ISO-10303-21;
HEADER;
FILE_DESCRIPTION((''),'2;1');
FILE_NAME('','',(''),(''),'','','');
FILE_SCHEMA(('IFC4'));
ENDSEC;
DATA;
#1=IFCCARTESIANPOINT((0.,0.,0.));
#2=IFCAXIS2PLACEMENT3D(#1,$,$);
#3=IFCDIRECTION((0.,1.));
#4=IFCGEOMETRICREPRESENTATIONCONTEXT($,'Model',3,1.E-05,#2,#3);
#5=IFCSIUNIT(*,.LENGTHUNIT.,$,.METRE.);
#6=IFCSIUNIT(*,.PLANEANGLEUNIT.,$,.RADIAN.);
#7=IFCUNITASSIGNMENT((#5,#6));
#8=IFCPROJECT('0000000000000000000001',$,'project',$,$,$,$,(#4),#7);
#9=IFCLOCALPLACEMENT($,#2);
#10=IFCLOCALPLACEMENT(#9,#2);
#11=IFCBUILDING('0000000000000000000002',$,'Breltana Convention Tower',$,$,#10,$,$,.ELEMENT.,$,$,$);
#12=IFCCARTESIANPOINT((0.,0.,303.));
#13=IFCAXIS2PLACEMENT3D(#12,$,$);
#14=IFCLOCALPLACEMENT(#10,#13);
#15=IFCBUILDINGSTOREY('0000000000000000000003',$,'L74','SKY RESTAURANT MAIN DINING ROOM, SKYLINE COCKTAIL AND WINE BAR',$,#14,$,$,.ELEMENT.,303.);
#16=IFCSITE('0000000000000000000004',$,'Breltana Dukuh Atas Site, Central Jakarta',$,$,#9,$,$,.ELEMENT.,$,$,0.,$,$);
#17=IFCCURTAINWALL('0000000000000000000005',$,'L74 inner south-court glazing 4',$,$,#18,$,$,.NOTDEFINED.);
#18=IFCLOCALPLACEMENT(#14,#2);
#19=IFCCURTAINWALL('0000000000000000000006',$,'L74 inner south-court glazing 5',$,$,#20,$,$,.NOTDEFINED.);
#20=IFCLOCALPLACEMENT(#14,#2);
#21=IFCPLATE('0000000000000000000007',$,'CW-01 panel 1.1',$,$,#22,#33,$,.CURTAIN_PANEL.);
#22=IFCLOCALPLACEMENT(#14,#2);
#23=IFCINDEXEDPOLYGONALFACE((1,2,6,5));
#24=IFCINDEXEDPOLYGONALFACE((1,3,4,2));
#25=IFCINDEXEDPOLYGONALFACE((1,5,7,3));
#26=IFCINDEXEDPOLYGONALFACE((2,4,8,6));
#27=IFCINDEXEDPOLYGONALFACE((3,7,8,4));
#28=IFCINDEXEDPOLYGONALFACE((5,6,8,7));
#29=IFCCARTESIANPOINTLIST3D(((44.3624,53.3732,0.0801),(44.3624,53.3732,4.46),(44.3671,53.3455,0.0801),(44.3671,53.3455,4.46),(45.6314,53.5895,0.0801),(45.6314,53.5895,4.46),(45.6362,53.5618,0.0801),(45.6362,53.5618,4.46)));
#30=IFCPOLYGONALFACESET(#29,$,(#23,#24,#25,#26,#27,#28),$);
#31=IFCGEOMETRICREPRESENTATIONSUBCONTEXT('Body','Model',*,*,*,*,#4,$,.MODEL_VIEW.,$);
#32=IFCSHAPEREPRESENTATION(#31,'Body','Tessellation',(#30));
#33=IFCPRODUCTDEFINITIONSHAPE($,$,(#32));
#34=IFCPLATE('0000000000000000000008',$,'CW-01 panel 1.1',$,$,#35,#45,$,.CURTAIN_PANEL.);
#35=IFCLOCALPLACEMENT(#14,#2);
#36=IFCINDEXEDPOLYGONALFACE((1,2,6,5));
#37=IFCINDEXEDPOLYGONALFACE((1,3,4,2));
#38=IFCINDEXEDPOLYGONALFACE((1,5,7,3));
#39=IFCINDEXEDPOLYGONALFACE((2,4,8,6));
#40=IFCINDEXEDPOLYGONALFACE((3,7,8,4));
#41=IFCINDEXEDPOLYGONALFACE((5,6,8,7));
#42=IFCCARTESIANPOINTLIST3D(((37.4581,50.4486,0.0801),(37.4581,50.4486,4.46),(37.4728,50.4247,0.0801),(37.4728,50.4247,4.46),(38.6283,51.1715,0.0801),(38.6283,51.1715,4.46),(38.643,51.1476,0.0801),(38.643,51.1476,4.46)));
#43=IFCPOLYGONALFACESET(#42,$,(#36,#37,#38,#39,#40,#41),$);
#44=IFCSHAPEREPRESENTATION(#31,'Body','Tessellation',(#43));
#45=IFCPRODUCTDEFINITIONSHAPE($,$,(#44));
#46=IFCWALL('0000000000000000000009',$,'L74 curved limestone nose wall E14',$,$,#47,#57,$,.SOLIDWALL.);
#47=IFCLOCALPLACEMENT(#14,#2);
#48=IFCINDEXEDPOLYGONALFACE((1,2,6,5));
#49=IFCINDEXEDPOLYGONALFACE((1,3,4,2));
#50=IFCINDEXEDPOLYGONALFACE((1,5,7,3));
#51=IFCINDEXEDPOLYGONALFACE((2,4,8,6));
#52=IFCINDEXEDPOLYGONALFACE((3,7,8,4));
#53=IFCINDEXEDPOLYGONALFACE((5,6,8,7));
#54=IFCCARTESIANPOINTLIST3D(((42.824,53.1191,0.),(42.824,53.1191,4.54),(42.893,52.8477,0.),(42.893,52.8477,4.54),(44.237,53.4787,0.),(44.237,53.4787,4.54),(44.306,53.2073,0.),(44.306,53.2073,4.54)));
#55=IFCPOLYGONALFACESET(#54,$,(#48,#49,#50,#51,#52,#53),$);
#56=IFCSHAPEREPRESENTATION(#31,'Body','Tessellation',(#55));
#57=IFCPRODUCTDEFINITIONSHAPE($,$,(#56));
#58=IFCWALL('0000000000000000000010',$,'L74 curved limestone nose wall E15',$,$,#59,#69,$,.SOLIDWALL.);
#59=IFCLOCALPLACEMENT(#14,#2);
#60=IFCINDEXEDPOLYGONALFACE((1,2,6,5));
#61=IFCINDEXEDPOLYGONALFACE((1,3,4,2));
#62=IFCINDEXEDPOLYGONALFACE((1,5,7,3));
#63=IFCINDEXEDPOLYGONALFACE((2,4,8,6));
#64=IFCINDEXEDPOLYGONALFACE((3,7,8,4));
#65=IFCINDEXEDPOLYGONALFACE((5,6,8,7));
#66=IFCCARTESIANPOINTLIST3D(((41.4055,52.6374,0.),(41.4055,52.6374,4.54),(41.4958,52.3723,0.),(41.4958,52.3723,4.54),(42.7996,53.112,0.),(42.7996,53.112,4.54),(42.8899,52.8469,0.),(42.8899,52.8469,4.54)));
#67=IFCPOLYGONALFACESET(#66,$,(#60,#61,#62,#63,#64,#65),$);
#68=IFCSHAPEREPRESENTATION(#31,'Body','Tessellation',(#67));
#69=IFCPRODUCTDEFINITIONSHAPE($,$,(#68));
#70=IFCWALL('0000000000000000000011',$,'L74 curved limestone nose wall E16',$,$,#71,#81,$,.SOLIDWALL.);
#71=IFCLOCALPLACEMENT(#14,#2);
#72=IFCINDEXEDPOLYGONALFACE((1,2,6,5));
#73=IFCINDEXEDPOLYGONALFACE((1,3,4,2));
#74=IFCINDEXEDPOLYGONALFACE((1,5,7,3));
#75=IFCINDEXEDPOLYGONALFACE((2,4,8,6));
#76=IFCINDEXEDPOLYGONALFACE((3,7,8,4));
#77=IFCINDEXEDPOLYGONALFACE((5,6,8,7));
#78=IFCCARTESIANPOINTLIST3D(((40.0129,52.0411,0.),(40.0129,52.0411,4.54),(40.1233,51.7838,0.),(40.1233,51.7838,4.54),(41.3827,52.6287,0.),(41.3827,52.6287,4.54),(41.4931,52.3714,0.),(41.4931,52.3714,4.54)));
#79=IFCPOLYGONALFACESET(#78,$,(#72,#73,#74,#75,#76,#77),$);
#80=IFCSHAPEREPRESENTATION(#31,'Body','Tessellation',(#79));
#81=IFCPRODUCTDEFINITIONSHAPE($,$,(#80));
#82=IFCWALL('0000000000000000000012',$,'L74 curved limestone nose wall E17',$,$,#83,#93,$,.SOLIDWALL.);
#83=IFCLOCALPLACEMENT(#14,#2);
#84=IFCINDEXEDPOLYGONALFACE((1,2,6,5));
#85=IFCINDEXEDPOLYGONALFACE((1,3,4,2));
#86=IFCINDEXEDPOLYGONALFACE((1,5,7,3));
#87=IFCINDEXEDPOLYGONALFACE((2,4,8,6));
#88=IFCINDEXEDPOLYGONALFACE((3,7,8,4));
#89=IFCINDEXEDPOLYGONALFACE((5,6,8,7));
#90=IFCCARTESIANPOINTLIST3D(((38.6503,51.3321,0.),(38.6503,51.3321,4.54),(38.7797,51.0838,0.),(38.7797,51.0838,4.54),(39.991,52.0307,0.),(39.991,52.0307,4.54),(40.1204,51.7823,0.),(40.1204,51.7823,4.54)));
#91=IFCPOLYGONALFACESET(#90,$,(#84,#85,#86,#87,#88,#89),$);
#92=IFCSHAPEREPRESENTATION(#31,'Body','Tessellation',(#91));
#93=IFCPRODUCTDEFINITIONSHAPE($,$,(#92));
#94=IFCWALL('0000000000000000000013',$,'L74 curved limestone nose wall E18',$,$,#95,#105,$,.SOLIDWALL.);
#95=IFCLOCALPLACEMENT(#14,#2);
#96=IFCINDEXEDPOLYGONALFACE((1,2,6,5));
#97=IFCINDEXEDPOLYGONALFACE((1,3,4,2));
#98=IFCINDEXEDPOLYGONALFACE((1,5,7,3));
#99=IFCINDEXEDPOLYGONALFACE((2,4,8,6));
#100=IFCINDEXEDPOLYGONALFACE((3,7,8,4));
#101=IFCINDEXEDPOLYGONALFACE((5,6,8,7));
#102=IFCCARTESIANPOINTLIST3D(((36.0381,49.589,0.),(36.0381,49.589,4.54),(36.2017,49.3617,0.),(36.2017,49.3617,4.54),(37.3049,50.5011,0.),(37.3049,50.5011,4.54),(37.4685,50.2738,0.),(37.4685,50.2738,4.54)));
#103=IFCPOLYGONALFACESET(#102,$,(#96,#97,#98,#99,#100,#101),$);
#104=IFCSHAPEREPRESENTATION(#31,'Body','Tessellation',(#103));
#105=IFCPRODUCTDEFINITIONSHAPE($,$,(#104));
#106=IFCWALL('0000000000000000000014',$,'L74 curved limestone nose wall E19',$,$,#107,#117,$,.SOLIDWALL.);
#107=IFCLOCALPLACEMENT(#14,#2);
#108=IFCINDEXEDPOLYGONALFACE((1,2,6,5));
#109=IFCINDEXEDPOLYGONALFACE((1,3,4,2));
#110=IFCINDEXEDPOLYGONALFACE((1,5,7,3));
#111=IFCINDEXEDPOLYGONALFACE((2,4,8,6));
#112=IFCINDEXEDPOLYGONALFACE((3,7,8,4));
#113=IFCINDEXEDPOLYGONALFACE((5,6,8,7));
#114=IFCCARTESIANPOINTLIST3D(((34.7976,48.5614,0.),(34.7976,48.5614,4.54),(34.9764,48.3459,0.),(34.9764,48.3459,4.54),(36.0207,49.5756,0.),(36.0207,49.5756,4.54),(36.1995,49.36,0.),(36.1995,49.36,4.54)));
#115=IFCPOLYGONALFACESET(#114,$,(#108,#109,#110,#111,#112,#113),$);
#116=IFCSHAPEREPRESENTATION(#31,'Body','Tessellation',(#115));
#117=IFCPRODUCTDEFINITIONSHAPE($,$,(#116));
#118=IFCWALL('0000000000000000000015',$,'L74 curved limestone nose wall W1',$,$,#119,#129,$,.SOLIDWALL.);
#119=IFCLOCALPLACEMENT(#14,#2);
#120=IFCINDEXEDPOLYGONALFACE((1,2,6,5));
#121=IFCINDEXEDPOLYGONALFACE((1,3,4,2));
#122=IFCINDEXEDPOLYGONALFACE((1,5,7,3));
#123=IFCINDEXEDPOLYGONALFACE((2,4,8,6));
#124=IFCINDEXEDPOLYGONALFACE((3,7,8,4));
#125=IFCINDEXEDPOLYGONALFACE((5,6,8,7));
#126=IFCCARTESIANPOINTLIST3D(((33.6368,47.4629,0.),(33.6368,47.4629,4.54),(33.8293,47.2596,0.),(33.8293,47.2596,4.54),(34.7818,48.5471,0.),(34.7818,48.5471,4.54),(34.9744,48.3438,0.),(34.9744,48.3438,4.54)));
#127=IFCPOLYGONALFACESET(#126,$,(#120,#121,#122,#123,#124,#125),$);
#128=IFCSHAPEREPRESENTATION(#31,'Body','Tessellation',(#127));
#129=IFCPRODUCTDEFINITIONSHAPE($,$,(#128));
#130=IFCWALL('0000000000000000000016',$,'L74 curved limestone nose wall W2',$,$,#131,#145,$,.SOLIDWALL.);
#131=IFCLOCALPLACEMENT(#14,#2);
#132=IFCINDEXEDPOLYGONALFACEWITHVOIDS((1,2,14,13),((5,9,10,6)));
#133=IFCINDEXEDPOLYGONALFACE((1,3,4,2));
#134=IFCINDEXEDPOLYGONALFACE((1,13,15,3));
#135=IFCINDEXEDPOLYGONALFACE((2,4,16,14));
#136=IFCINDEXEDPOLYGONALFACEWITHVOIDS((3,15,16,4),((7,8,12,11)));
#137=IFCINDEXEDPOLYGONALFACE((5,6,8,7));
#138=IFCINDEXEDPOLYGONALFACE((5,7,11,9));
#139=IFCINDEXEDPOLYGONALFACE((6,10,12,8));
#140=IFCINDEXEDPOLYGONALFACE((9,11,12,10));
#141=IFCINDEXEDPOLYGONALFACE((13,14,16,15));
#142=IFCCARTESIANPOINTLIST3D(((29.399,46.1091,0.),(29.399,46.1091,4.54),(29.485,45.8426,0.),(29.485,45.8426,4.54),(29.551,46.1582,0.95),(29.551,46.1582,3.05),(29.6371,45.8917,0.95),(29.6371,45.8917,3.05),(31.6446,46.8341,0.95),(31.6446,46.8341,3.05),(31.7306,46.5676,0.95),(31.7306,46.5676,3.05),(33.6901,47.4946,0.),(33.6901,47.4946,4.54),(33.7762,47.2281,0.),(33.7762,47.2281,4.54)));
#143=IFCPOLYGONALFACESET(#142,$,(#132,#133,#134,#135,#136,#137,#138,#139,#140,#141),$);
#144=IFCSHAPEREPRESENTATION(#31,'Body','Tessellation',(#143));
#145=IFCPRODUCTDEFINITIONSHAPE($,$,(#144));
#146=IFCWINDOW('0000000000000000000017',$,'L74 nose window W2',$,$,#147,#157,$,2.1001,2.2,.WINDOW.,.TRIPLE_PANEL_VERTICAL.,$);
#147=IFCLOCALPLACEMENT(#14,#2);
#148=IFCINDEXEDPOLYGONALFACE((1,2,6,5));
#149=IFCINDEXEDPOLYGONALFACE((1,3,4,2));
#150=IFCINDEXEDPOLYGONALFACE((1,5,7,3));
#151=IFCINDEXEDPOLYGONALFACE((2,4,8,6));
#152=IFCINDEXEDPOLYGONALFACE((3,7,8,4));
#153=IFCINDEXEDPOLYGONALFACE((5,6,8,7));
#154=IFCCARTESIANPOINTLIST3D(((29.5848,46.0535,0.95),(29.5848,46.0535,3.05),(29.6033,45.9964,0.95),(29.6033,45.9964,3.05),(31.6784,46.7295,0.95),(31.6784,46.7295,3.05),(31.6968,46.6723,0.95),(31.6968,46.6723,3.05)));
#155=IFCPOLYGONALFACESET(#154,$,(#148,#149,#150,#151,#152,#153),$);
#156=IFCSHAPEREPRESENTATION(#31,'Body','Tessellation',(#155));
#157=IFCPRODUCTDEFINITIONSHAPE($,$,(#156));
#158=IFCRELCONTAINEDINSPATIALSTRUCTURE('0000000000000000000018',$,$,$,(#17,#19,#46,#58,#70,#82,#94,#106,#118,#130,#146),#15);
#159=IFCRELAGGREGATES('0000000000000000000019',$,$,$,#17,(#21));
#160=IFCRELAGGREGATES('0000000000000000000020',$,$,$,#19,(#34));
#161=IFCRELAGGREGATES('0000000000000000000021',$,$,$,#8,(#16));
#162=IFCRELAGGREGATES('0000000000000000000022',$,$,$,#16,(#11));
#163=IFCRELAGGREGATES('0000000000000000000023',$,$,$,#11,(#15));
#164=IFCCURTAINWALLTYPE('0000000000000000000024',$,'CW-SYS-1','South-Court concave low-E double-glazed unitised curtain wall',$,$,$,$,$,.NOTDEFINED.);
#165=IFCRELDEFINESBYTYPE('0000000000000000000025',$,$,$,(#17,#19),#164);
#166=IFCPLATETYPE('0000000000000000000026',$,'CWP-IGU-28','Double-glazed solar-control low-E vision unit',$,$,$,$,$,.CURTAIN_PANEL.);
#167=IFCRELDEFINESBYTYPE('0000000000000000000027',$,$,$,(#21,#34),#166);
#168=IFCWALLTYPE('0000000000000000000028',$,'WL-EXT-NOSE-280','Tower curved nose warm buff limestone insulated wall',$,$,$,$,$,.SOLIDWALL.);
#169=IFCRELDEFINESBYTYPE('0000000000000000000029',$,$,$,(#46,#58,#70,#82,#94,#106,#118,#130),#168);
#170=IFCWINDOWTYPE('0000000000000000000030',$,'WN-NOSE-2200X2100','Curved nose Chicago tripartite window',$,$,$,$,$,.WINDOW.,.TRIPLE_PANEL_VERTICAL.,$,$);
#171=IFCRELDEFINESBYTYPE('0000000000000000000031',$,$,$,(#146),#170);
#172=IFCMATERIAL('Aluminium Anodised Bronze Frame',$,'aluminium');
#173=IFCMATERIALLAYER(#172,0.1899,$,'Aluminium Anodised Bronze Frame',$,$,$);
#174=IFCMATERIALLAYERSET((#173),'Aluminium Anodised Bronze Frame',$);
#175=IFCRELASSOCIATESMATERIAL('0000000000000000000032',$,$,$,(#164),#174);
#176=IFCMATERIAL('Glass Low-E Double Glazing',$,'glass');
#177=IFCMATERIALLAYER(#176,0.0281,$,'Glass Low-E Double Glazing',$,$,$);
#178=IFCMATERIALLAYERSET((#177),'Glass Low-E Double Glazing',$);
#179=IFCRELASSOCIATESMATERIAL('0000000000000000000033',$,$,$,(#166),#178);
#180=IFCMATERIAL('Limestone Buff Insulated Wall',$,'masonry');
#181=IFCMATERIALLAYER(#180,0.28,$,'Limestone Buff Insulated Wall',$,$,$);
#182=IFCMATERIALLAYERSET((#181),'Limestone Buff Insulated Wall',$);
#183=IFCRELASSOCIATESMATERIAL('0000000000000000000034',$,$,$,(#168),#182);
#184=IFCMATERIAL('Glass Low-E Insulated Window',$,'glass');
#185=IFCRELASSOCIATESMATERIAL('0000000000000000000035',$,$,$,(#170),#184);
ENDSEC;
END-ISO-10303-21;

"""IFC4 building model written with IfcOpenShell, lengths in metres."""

from ifc_helpers import new_model, si_unit, direction, frame, frame_2d, origin, origin_2d, place, context, subcontext, project, spatial, rectangle, extrude, source, transform, mapped, material, layer, layer_set, type_object, type_shapes, element, fill, aggregate, save


model = new_model("IFC4")

# Units and contexts
model_context = context("Model", 3, precision=1e-05, world=origin(), true_north=direction((0.0, 1.0)))
body_context = subcontext(model_context, "Body", "Model", "MODEL_VIEW")
ifc_project = project(units=[si_unit("LENGTHUNIT", "METRE"), si_unit("PLANEANGLEUNIT", "RADIAN")], contexts=[model_context])

# Site, building, storey
site_placement = place(None, origin())
site = spatial("IfcSite", under=ifc_project, at=site_placement, Name="Breltana Dukuh Atas Site, Central Jakarta", CompositionType="ELEMENT", RefElevation=0.0)
building_placement = place(site_placement, origin())
building = spatial("IfcBuilding", under=site, at=building_placement, Name="Breltana Convention Tower", CompositionType="ELEMENT")
storey_placement = place(building_placement, frame((0.0, 0.0, 303.0)))
storey = spatial("IfcBuildingStorey", under=building, at=storey_placement, Name="L74", Description="SKY RESTAURANT MAIN DINING ROOM, SKYLINE COCKTAIL AND WINE BAR", CompositionType="ELEMENT", Elevation=303.0)

# Curtain wall
ifc_material_1 = material(Name="Aluminium Anodised Bronze Frame", Category="aluminium")
ifc_layer_1 = layer(ifc_material_1, 0.1899, Name="Aluminium Anodised Bronze Frame")
ifc_layer_set_1 = layer_set([ifc_layer_1], Name="Aluminium Anodised Bronze Frame")
curtain_wall_type = type_object("IfcCurtainWallType", Name="CW-SYS-1", Description="South-Court concave low-E double-glazed unitised curtain wall", PredefinedType="NOTDEFINED", material=ifc_layer_set_1)
curtain_wall_1_placement = place(storey_placement, origin())
curtain_wall_1 = element("IfcCurtainWall", 1, at=curtain_wall_1_placement, inside=storey, type_object=curtain_wall_type, Name="L74 inner south-court glazing 4", PredefinedType="NOTDEFINED")

# Curtain wall
curtain_wall_2_placement = place(storey_placement, origin())
curtain_wall_2 = element("IfcCurtainWall", 2, at=curtain_wall_2_placement, inside=storey, type_object=curtain_wall_type, Name="L74 inner south-court glazing 5", PredefinedType="NOTDEFINED")

# Plates
ifc_material_2 = material(Name="Glass Low-E Double Glazing", Category="glass")
ifc_layer_2 = layer(ifc_material_2, 0.0281, Name="Glass Low-E Double Glazing")
ifc_layer_set_2 = layer_set([ifc_layer_2], Name="Glass Low-E Double Glazing")
plate_type = type_object("IfcPlateType", Name="CWP-IGU-28", Description="Double-glazed solar-control low-E vision unit", PredefinedType="CURTAIN_PANEL", material=ifc_layer_set_2)
shared_shape_1 = source(origin(), body_context, "Body", "SweptSolid", [
    extrude(rectangle(XDim=1.2874, YDim=0.0281, at=origin_2d()), origin(), (0.0, 0.0, 1.0), 4.3799),
])
plate_1_placement = place(storey_placement, frame((44.9993, 53.4675, 0.0801), z_axis=(0.0, 0.0, 1.0), x_axis=(-0.985782, -0.168028, 0.0)))
plate_1 = element("IfcPlate", 3, at=plate_1_placement, type_object=plate_type, Name="CW-01 panel 1.1", PredefinedType="CURTAIN_PANEL", context=body_context, shape_type="MappedRepresentation", body=[
    mapped(shared_shape_1, transform((0.0, 0.0, 0.0), scale=1.0)),
])
aggregate(curtain_wall_1, [plate_1])
shared_shape_2 = source(origin(), body_context, "Body", "SweptSolid", [
    extrude(rectangle(XDim=1.3755, YDim=0.0281, at=origin_2d()), origin(), (0.0, 0.0, 1.0), 4.3799),
])
plate_2_placement = place(storey_placement, frame((38.0505, 50.7981, 0.0801), z_axis=(0.0, 0.0, 1.0), x_axis=(-0.850749, -0.525572, 0.0)))
plate_2 = element("IfcPlate", 4, at=plate_2_placement, type_object=plate_type, Name="CW-01 panel 1.1", PredefinedType="CURTAIN_PANEL", context=body_context, shape_type="MappedRepresentation", body=[
    mapped(shared_shape_2, transform((0.0, 0.0, 0.0), scale=1.0)),
])
aggregate(curtain_wall_2, [plate_2])

# Walls
ifc_material_3 = material(Name="Limestone Buff Insulated Wall", Category="masonry")
ifc_layer_3 = layer(ifc_material_3, 0.28, Name="Limestone Buff Insulated Wall")
ifc_layer_set_3 = layer_set([ifc_layer_3], Name="Limestone Buff Insulated Wall")
wall_type = type_object("IfcWallType", Name="WL-EXT-NOSE-280", Description="Tower curved nose warm buff limestone insulated wall", PredefinedType="SOLIDWALL", material=ifc_layer_set_3)
shared_shape_3 = source(origin(), body_context, "Body", "SweptSolid", [
    extrude(rectangle(XDim=1.458, YDim=0.28, at=frame_2d((0.729, 0.0))), origin(), (0.0, 0.0, 1.0), 4.54),
])
wall_1_placement = place(storey_placement, frame((44.2715, 53.343, 0.0), z_axis=(0.0, 0.0, 1.0), x_axis=(-0.96911, -0.246631, 0.0)))
element("IfcWall", 5, at=wall_1_placement, inside=storey, type_object=wall_type, Name="L74 curved limestone nose wall E14", PredefinedType="SOLIDWALL", context=body_context, shape_type="MappedRepresentation", body=[
    mapped(shared_shape_3, transform((0.0, 0.0, 0.0), scale=1.0)),
])
shared_shape_4 = source(origin(), body_context, "Body", "SweptSolid", [
    extrude(rectangle(XDim=1.4727, YDim=0.28, at=frame_2d((0.7363, 0.0))), origin(), (0.0, 0.0, 1.0), 4.54),
])
wall_2_placement = place(storey_placement, frame((42.8447, 52.9795, 0.0), z_axis=(0.0, 0.0, 1.0), x_axis=(-0.946641, -0.322289, 0.0)))
element("IfcWall", 6, at=wall_2_placement, inside=storey, type_object=wall_type, Name="L74 curved limestone nose wall E15", PredefinedType="SOLIDWALL", context=body_context, shape_type="MappedRepresentation", body=[
    mapped(shared_shape_4, transform((0.0, 0.0, 0.0), scale=1.0)),
])
shared_shape_5 = source(origin(), body_context, "Body", "SweptSolid", [
    extrude(rectangle(XDim=1.4905, YDim=0.28, at=frame_2d((0.7451, 0.0))), origin(), (0.0, 0.0, 1.0), 4.54),
])
wall_3_placement = place(storey_placement, frame((41.4377, 52.5, 0.0), z_axis=(0.0, 0.0, 1.0), x_axis=(-0.919009, -0.394236, 0.0)))
element("IfcWall", 7, at=wall_3_placement, inside=storey, type_object=wall_type, Name="L74 curved limestone nose wall E16", PredefinedType="SOLIDWALL", context=body_context, shape_type="MappedRepresentation", body=[
    mapped(shared_shape_5, transform((0.0, 0.0, 0.0), scale=1.0)),
])
shared_shape_6 = source(origin(), body_context, "Body", "SweptSolid", [
    extrude(rectangle(XDim=1.5117, YDim=0.28, at=frame_2d((0.7559, 0.0))), origin(), (0.0, 0.0, 1.0), 4.54),
])
wall_4_placement = place(storey_placement, frame((40.0557, 51.9065, 0.0), z_axis=(0.0, 0.0, 1.0), x_axis=(-0.886841, -0.462075, 0.0)))
element("IfcWall", 8, at=wall_4_placement, inside=storey, type_object=wall_type, Name="L74 curved limestone nose wall E17", PredefinedType="SOLIDWALL", context=body_context, shape_type="MappedRepresentation", body=[
    mapped(shared_shape_6, transform((0.0, 0.0, 0.0), scale=1.0)),
])
shared_shape_7 = source(origin(), body_context, "Body", "SweptSolid", [
    extrude(rectangle(XDim=1.561, YDim=0.28, at=frame_2d((0.7805, 0.0))), origin(), (0.0, 0.0, 1.0), 4.54),
])
wall_5_placement = place(storey_placement, frame((37.3867, 50.3875, 0.0), z_axis=(0.0, 0.0, 1.0), x_axis=(-0.81154, -0.584296, 0.0)))
element("IfcWall", 9, at=wall_5_placement, inside=storey, type_object=wall_type, Name="L74 curved limestone nose wall E18", PredefinedType="SOLIDWALL", context=body_context, shape_type="MappedRepresentation", body=[
    mapped(shared_shape_7, transform((0.0, 0.0, 0.0), scale=1.0)),
])
shared_shape_8 = source(origin(), body_context, "Body", "SweptSolid", [
    extrude(rectangle(XDim=1.5889, YDim=0.28, at=frame_2d((0.7944, 0.0))), origin(), (0.0, 0.0, 1.0), 4.54),
])
wall_6_placement = place(storey_placement, frame((36.1101, 49.4678, 0.0), z_axis=(0.0, 0.0, 1.0), x_axis=(-0.769806, -0.638278, 0.0)))
element("IfcWall", 10, at=wall_6_placement, inside=storey, type_object=wall_type, Name="L74 curved limestone nose wall E19", PredefinedType="SOLIDWALL", context=body_context, shape_type="MappedRepresentation", body=[
    mapped(shared_shape_8, transform((0.0, 0.0, 0.0), scale=1.0)),
])
shared_shape_9 = source(origin(), body_context, "Body", "SweptSolid", [
    extrude(rectangle(XDim=1.5769, YDim=0.28, at=frame_2d((0.7886, 0.0))), origin(), (0.0, 0.0, 1.0), 4.54),
])
wall_7_placement = place(storey_placement, frame((34.8782, 48.4456, 0.0), z_axis=(0.0, 0.0, 1.0), x_axis=(-0.726119, -0.687569, 0.0)))
element("IfcWall", 11, at=wall_7_placement, inside=storey, type_object=wall_type, Name="L74 curved limestone nose wall W1", PredefinedType="SOLIDWALL", context=body_context, shape_type="MappedRepresentation", body=[
    mapped(shared_shape_9, transform((0.0, 0.0, 0.0), scale=1.0)),
])

# Wall, opening, window
shared_shape_10 = source(origin(), body_context, "Body", "SweptSolid", [
    extrude(rectangle(XDim=4.5093, YDim=0.28, at=frame_2d((2.2546, 0.0))), origin(), (0.0, 0.0, 1.0), 4.54),
])
wall_8_placement = place(storey_placement, frame((33.7332, 47.3613, 0.0), z_axis=(0.0, 0.0, 1.0), x_axis=(-0.951629, -0.307248, 0.0)))
wall_8 = element("IfcWall", 12, at=wall_8_placement, inside=storey, type_object=wall_type, Name="L74 curved limestone nose wall W2", PredefinedType="SOLIDWALL", context=body_context, shape_type="MappedRepresentation", body=[
    mapped(shared_shape_10, transform((0.0, 0.0, 0.0), scale=1.0)),
])
opening_1_placement = place(wall_8_placement, frame((2.1494, 0.0, 0.95)))
opening_1 = element("IfcOpeningElement", 13, at=opening_1_placement, cuts=wall_8, PredefinedType="OPENING", context=body_context, shape_type="SweptSolid", body=[
    extrude(rectangle(XDim=2.2, YDim=2.1001, at=frame_2d((1.1001, 1.05))), frame((0.0, 0.1499, 0.0), z_axis=(0.0, -1.0, 0.0), x_axis=(1.0, 0.0, 0.0)), (0.0, 0.0, 1.0), 0.3),
])
ifc_material_4 = material(Name="Glass Low-E Insulated Window", Category="glass")
window_type = type_object("IfcWindowType", Name="WN-NOSE-2200X2100", Description="Curved nose Chicago tripartite window", PartitioningType="TRIPLE_PANEL_VERTICAL", PredefinedType="WINDOW", material=ifc_material_4)
shared_shape_11 = source(origin(), body_context, "Body", "SweptSolid", [
    extrude(rectangle(XDim=2.2, YDim=2.1001, at=frame_2d((1.1001, 1.05))), frame((0.0, 0.03, 0.0), z_axis=(0.0, -1.0, 0.0), x_axis=(1.0, 0.0, 0.0)), (0.0, 0.0, 1.0), 0.0601),
])
type_shapes(window_type, [shared_shape_11])
window_1_placement = place(opening_1_placement, origin())
window_1 = element("IfcWindow", 14, at=window_1_placement, inside=storey, type_object=window_type, Name="L74 nose window W2", OverallHeight=2.1001, OverallWidth=2.2, PartitioningType="TRIPLE_PANEL_VERTICAL", PredefinedType="WINDOW", context=body_context, shape_type="MappedRepresentation", body=[
    mapped(shared_shape_11, transform((0.0, 0.0, 0.0), scale=1.0)),
])
fill(opening_1, window_1)

save(model, "model.ifc")
